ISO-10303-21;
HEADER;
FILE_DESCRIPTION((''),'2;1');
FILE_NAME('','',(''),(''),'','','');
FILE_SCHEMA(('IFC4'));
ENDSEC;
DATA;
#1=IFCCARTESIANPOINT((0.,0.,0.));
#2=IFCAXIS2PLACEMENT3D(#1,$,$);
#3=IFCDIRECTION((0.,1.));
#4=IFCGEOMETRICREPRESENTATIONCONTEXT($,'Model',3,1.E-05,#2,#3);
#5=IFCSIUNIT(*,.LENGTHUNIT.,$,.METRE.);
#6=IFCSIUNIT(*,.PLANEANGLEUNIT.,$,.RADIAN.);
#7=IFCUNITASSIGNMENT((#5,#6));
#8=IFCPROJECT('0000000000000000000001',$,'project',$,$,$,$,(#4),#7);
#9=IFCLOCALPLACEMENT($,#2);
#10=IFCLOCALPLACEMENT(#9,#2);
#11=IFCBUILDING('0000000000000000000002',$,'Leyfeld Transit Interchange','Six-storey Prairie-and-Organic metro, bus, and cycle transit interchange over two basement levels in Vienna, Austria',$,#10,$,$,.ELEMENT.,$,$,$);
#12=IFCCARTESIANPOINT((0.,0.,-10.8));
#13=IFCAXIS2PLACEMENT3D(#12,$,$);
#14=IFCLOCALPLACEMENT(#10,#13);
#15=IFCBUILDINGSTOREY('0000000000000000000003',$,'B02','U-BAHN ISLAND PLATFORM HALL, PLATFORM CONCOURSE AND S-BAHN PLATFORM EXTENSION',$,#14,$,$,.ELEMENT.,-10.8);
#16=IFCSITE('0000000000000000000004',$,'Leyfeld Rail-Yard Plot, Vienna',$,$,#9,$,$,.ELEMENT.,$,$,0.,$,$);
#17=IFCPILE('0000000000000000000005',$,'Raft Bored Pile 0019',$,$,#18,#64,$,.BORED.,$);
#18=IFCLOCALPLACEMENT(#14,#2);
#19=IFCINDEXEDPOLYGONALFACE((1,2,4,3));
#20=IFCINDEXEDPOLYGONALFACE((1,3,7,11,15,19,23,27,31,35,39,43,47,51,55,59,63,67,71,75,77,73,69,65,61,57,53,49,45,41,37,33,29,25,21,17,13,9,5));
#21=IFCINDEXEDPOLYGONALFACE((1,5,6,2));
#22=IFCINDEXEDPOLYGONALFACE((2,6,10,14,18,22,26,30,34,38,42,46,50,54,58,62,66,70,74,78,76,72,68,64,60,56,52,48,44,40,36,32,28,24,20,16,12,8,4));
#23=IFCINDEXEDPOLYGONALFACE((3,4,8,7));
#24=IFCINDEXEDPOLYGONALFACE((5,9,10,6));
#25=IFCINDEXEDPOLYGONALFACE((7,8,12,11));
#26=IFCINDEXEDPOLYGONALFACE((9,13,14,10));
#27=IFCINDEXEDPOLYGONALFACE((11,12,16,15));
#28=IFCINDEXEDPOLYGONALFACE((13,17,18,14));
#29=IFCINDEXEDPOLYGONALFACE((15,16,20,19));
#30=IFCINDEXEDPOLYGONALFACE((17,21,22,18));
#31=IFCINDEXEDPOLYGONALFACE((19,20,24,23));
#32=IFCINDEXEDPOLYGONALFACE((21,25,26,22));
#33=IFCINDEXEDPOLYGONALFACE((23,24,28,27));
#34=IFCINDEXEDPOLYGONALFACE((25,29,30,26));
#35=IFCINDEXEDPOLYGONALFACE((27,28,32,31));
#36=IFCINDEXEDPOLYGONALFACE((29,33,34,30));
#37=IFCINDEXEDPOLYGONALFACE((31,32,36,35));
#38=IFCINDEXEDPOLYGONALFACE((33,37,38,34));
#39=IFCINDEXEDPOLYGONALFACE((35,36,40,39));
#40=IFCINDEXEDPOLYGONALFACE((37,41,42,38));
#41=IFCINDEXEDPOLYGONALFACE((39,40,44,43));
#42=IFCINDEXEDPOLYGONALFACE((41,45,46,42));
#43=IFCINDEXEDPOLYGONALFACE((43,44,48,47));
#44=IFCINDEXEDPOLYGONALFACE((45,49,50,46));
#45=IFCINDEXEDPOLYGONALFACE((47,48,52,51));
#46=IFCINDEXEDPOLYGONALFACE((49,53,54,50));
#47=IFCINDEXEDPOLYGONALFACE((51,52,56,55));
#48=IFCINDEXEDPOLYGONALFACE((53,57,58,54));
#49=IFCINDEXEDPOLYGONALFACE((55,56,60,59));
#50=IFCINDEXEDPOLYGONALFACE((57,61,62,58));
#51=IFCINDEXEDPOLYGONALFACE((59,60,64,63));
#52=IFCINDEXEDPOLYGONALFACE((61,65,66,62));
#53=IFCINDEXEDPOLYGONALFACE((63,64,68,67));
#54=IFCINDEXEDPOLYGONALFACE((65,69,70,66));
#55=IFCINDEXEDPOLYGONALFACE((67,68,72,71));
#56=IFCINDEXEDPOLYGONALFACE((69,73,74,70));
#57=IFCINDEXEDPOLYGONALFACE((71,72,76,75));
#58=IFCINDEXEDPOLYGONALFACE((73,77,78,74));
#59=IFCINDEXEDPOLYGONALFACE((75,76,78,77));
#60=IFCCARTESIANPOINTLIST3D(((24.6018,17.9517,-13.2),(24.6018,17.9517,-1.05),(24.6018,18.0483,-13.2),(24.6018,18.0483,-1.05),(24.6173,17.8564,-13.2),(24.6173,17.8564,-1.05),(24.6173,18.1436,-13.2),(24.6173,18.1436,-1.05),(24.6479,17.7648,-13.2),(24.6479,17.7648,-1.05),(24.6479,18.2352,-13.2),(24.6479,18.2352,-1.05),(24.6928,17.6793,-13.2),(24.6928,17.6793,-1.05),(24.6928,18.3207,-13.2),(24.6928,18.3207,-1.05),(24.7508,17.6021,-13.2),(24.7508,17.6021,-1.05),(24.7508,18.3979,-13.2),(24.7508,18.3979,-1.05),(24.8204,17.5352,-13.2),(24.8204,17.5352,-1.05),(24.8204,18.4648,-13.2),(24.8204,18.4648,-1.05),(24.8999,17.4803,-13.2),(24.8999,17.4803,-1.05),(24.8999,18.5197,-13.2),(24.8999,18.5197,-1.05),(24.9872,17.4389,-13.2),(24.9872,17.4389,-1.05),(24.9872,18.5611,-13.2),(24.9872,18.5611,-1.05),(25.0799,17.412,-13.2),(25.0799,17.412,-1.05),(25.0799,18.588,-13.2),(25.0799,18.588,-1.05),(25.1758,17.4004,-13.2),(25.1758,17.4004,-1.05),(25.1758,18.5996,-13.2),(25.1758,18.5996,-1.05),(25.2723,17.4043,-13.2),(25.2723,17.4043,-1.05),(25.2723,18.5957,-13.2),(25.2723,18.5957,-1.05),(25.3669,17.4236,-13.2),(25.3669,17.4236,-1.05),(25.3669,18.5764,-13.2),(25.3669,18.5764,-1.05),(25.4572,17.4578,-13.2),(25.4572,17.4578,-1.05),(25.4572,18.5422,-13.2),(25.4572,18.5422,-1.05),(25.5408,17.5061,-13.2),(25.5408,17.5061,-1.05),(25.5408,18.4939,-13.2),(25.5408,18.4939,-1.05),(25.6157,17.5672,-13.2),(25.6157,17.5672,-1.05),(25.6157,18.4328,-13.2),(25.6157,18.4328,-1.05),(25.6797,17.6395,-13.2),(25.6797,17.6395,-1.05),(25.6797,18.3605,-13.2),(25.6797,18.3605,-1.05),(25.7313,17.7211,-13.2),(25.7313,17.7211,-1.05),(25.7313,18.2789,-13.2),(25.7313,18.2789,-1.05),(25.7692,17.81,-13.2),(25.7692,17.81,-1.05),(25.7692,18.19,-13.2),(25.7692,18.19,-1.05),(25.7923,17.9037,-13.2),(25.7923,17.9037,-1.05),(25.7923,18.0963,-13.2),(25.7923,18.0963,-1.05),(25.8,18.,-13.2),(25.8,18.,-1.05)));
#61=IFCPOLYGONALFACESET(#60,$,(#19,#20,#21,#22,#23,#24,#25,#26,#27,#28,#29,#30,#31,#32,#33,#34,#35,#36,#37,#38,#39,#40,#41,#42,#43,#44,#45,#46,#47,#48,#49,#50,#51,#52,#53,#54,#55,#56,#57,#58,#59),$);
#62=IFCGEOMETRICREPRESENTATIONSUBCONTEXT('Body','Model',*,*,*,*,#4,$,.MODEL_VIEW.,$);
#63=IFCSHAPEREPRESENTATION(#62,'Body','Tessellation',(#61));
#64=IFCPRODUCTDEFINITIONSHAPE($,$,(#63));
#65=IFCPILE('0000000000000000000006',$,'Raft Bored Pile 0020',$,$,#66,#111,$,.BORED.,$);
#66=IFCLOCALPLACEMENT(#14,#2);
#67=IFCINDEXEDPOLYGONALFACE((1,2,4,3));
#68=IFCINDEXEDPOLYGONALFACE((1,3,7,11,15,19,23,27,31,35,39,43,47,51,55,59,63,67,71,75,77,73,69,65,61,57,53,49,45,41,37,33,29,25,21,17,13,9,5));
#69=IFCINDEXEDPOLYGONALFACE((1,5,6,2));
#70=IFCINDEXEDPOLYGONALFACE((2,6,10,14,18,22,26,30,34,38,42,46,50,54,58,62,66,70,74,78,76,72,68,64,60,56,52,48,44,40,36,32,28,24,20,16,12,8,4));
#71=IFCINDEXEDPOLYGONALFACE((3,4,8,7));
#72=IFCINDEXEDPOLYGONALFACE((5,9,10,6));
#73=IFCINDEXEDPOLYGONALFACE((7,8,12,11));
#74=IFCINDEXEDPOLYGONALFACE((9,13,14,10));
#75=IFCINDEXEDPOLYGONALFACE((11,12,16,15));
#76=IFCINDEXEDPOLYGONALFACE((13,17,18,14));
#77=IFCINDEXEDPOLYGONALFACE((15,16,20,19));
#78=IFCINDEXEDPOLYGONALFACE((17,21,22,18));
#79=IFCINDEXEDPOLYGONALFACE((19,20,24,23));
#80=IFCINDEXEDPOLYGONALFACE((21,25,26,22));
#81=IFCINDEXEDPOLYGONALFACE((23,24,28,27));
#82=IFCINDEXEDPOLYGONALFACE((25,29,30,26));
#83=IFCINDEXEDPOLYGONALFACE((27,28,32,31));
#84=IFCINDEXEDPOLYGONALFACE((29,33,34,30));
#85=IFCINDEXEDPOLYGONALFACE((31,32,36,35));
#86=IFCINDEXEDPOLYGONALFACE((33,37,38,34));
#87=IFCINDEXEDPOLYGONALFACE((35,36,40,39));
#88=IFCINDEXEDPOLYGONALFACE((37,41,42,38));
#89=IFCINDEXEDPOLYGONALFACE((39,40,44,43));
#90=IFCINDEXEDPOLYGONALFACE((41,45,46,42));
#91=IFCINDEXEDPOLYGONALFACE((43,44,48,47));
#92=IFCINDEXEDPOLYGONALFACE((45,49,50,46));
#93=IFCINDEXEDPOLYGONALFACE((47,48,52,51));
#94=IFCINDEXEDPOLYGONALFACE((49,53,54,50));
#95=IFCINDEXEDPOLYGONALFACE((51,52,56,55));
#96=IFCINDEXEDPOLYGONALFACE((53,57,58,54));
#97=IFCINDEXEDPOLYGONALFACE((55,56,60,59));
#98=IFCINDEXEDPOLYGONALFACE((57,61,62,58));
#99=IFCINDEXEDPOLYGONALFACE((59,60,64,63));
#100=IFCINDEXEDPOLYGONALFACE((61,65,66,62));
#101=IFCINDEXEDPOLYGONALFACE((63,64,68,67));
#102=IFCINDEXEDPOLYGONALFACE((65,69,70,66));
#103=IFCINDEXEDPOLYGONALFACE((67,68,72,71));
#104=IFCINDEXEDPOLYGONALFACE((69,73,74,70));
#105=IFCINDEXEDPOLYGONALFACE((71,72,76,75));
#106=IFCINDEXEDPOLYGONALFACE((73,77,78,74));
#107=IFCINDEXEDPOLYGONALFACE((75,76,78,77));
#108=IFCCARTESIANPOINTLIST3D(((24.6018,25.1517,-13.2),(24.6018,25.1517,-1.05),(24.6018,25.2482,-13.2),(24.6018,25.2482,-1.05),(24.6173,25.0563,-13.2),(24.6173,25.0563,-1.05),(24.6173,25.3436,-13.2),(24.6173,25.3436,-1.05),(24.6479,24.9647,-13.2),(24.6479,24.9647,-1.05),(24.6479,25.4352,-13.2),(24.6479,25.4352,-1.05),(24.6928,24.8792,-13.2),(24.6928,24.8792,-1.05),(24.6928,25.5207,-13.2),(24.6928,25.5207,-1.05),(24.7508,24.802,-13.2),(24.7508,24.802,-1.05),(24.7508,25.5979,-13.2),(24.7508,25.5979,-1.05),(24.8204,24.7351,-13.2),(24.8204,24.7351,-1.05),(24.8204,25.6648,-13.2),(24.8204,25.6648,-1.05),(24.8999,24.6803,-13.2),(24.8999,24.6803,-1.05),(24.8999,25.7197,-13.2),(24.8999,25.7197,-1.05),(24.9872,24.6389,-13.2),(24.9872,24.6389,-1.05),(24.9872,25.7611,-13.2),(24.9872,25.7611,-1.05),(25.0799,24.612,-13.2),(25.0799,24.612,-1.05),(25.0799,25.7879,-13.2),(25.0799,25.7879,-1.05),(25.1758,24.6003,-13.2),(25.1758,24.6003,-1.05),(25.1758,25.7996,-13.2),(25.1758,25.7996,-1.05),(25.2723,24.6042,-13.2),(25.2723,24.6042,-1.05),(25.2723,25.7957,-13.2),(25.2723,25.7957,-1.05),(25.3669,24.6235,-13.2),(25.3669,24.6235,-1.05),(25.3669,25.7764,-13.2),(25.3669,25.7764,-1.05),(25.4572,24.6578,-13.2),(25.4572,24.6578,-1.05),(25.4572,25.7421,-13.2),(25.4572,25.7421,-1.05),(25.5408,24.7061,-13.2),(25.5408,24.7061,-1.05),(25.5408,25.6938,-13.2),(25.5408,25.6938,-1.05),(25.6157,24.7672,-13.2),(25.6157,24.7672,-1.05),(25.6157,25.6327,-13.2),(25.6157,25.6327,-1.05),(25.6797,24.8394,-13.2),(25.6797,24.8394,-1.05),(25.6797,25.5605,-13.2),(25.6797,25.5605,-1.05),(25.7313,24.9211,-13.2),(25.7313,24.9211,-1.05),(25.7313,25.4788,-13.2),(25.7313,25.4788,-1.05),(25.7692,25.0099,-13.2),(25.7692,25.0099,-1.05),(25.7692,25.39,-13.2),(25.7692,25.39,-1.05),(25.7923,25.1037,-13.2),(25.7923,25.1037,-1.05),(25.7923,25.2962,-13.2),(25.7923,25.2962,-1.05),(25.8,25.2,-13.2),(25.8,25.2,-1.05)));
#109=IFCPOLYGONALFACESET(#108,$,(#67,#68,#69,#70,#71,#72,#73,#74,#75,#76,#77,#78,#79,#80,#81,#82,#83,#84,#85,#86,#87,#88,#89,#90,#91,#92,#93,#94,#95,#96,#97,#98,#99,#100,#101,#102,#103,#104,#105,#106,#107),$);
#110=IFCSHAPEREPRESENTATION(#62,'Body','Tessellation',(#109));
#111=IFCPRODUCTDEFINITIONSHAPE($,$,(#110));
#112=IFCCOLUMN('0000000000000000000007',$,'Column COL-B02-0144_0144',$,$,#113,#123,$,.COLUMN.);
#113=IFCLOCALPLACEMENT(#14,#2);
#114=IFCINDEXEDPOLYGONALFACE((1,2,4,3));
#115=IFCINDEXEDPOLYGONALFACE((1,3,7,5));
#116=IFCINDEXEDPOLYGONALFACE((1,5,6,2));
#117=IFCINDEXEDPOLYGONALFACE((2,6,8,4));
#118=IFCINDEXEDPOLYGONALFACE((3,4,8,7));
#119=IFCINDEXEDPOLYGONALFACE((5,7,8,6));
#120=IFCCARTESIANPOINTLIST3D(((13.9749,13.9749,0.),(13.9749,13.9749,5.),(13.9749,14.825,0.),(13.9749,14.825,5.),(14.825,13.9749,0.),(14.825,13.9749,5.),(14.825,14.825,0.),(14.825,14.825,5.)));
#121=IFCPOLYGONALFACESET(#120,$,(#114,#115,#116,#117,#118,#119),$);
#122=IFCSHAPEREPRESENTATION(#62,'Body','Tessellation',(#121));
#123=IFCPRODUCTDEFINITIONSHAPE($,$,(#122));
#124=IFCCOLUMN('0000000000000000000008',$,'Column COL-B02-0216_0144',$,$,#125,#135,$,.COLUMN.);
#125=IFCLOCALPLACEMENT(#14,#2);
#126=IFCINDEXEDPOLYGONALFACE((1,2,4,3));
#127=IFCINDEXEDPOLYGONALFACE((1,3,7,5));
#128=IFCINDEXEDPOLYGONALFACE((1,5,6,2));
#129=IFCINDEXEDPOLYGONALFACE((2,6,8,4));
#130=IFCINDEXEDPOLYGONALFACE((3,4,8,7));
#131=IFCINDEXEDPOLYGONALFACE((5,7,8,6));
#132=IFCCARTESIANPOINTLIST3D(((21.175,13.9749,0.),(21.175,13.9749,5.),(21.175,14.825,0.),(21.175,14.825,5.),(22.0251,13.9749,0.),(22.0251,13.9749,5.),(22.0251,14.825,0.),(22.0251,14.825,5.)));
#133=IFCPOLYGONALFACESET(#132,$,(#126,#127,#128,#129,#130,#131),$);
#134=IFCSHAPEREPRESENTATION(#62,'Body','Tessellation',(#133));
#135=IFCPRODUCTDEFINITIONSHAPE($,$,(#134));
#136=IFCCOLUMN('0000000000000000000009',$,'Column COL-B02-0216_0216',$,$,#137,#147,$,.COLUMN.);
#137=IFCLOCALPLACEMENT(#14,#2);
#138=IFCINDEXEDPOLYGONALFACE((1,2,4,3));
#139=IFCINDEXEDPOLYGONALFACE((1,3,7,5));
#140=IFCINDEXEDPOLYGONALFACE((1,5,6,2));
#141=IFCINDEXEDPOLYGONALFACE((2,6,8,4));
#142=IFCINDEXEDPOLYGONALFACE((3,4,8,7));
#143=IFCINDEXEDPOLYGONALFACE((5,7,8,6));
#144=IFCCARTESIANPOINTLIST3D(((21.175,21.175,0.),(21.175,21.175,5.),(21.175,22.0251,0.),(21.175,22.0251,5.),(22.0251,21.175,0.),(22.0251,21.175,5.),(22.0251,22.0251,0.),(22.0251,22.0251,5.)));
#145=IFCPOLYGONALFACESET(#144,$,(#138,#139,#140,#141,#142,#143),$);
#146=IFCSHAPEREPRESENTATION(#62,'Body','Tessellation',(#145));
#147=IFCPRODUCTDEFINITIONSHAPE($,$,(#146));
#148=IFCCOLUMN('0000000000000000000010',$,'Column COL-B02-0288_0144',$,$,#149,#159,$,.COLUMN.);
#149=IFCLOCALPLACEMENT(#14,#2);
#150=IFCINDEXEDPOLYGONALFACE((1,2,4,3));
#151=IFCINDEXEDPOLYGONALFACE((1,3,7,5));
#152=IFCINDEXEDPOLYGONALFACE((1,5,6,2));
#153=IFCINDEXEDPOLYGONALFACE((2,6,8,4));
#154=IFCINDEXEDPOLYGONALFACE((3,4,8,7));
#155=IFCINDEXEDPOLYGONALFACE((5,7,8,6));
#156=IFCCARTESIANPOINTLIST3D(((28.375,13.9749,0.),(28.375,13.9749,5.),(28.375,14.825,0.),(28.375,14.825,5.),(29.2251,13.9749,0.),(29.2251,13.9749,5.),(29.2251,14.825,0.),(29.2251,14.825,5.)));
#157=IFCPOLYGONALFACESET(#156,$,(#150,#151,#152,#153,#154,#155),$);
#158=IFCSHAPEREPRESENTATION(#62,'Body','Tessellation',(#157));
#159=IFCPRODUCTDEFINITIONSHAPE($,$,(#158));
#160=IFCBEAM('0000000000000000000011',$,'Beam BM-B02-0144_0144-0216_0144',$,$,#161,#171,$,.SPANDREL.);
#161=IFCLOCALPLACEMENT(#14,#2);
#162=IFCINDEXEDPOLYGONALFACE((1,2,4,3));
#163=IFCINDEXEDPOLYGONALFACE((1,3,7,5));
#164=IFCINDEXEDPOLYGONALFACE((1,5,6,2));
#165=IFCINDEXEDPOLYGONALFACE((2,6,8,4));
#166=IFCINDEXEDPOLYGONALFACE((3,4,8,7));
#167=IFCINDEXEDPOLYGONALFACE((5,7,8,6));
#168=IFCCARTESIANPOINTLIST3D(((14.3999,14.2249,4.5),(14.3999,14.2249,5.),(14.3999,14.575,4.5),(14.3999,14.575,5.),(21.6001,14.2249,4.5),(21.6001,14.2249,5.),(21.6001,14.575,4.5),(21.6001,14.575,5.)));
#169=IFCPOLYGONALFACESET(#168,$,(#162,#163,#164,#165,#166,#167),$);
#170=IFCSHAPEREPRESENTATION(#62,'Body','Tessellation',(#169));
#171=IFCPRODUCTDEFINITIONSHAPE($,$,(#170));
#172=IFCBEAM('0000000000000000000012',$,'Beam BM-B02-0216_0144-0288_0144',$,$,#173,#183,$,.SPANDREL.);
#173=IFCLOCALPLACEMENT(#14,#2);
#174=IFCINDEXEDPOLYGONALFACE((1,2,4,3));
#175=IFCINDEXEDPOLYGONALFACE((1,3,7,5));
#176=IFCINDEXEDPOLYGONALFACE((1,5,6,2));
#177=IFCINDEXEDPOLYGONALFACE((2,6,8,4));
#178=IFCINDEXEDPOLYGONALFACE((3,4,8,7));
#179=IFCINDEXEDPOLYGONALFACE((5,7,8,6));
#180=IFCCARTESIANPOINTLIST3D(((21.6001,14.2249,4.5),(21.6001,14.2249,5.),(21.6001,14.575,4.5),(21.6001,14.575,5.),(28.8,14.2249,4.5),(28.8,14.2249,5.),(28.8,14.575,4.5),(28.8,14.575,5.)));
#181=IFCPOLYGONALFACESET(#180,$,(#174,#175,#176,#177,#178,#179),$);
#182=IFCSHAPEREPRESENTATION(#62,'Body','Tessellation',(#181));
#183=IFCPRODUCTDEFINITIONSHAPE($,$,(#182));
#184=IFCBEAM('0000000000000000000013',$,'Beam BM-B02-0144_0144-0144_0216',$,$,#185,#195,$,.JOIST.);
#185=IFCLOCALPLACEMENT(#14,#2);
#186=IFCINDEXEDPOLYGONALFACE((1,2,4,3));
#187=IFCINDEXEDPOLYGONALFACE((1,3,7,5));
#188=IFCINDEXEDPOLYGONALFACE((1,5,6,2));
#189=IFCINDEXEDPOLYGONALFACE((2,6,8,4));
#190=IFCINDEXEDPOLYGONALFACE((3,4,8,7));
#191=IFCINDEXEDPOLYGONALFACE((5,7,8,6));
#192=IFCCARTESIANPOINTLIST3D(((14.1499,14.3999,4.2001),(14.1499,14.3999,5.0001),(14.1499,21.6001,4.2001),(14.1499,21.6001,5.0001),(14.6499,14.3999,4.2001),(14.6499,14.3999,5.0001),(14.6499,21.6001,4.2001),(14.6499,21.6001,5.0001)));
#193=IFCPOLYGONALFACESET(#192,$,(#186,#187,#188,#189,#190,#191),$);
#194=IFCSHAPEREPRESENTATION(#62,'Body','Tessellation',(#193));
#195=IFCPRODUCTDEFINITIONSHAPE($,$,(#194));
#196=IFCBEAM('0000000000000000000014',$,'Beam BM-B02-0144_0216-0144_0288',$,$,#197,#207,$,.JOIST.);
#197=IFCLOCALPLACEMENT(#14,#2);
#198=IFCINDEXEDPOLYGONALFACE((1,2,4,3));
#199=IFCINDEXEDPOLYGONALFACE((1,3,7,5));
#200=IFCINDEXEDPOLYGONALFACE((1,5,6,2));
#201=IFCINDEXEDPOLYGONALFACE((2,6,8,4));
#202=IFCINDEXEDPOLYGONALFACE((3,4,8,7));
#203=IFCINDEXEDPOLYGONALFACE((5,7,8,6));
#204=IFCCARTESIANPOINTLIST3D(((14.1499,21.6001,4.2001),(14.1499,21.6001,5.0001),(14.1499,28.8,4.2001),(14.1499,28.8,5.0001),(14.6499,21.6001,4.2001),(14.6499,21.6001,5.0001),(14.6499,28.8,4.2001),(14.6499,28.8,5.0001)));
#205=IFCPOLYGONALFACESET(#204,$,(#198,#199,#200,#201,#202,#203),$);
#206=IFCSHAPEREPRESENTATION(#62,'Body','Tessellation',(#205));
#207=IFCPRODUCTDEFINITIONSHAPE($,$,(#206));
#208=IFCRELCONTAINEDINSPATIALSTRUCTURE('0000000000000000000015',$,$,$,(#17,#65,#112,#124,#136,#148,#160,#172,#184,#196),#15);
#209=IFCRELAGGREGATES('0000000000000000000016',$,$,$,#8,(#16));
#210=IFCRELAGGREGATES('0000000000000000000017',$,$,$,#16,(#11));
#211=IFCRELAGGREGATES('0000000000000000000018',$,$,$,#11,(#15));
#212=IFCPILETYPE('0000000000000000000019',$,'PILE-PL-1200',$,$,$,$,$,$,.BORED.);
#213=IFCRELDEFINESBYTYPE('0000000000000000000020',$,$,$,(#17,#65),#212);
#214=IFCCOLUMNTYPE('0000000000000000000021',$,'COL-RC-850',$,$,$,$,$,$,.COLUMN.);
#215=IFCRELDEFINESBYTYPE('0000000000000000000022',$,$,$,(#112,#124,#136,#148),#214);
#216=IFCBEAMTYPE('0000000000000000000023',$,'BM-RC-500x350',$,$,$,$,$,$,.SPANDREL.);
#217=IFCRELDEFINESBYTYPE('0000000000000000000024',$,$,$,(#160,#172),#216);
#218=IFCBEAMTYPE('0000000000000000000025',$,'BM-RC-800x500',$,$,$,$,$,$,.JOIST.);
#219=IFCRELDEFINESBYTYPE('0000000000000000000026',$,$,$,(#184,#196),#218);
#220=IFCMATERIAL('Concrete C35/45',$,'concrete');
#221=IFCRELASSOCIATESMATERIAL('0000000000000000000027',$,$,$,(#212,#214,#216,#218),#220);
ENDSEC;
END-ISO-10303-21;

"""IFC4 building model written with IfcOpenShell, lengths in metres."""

from ifc_helpers import new_model, si_unit, direction, frame, origin, origin_2d, place, context, subcontext, project, spatial, rectangle, circle, extrude, material, material_profile, profile_set, type_object, element, save


model = new_model("IFC4")

# Units and contexts
model_context = context("Model", 3, precision=1e-05, world=origin(), true_north=direction((0.0, 1.0)))
body_context = subcontext(model_context, "Body", "Model", "MODEL_VIEW")
ifc_project = project(units=[si_unit("LENGTHUNIT", "METRE"), si_unit("PLANEANGLEUNIT", "RADIAN")], contexts=[model_context])

# Site, building, storey
site_placement = place(None, origin())
site = spatial("IfcSite", under=ifc_project, at=site_placement, Name="Leyfeld Rail-Yard Plot, Vienna", CompositionType="ELEMENT", RefElevation=0.0)
building_placement = place(site_placement, origin())
building = spatial("IfcBuilding", under=site, at=building_placement, Name="Leyfeld Transit Interchange", Description="Six-storey Prairie-and-Organic metro, bus, and cycle transit interchange over two basement levels in Vienna, Austria", CompositionType="ELEMENT")
storey_placement = place(building_placement, frame((0.0, 0.0, -10.8)))
storey = spatial("IfcBuildingStorey", under=building, at=storey_placement, Name="B02", Description="U-BAHN ISLAND PLATFORM HALL, PLATFORM CONCOURSE AND S-BAHN PLATFORM EXTENSION", CompositionType="ELEMENT", Elevation=-10.8)

# Piles
ifc_material_1 = material(Name="Concrete C35/45", Category="concrete")
ifc_material_profile_1 = material_profile(ifc_material_1, circle(Radius=0.6001, at=origin_2d()), Name="PILE D1200")
ifc_profile_set_1 = profile_set([ifc_material_profile_1], Name="Concrete C35/45")
pile_type = type_object("IfcPileType", Name="PILE-PL-1200", PredefinedType="BORED", material=ifc_profile_set_1)
for number, where, z_axis, x_axis, name in (
    (1, (25.2, 18.0, -1.05), (0.0, 0.0, -1.0), (1.0, 0.0, 0.0), "Raft Bored Pile 0019"),
    (2, (25.2, 25.2, -1.05), (0.0, 0.0, -1.0), (1.0, 0.0, 0.0), "Raft Bored Pile 0020"),
):
    element("IfcPile", number, at=place(storey_placement, frame(where, z_axis=z_axis, x_axis=x_axis)), inside=storey, type_object=pile_type, Name=name, PredefinedType="BORED", context=body_context, shape_type="SweptSolid", body=[
        extrude(circle(Radius=0.6001, at=origin_2d()), origin(), (0.0, 0.0, 1.0), 12.1499),
    ])

# Columns
ifc_material_profile_2 = material_profile(ifc_material_1, rectangle(XDim=0.8501, YDim=0.8501, at=origin_2d()), Name="RC 850x850")
ifc_profile_set_2 = profile_set([ifc_material_profile_2], Name="Concrete C35/45")
column_type = type_object("IfcColumnType", Name="COL-RC-850", PredefinedType="COLUMN", material=ifc_profile_set_2)
for number, where, z_axis, x_axis, name in (
    (3, (14.3999, 14.3999, 0.0), (0.0, 0.0, 1.0), (1.0, 0.0, 0.0), "Column COL-B02-0144_0144"),
    (4, (21.6001, 14.3999, 0.0), (0.0, 0.0, 1.0), (1.0, 0.0, 0.0), "Column COL-B02-0216_0144"),
    (5, (21.6001, 21.6001, 0.0), (0.0, 0.0, 1.0), (1.0, 0.0, 0.0), "Column COL-B02-0216_0216"),
    (6, (28.8, 14.3999, 0.0), (0.0, 0.0, 1.0), (1.0, 0.0, 0.0), "Column COL-B02-0288_0144"),
):
    element("IfcColumn", number, at=place(storey_placement, frame(where, z_axis=z_axis, x_axis=x_axis)), inside=storey, type_object=column_type, Name=name, PredefinedType="COLUMN", context=body_context, shape_type="SweptSolid", body=[
        extrude(rectangle(XDim=0.8501, YDim=0.8501, at=origin_2d()), origin(), (0.0, 0.0, 1.0), 5.0),
    ])

# Beams
ifc_material_profile_3 = material_profile(ifc_material_1, rectangle(XDim=0.3501, YDim=0.5, at=origin_2d()), Name="RC 500x350")
ifc_profile_set_3 = profile_set([ifc_material_profile_3], Name="Concrete C35/45")
beam_type_1 = type_object("IfcBeamType", Name="BM-RC-500x350", PredefinedType="SPANDREL", material=ifc_profile_set_3)
beam_1_placement = place(storey_placement, frame((14.3999, 14.3999, 4.75), z_axis=(1.0, 0.0, 0.0), x_axis=(0.0, 1.0, 0.0)))
element("IfcBeam", 7, at=beam_1_placement, inside=storey, type_object=beam_type_1, Name="Beam BM-B02-0144_0144-0216_0144", PredefinedType="SPANDREL", context=body_context, shape_type="SweptSolid", body=[
    extrude(rectangle(XDim=0.3501, YDim=0.5, at=origin_2d()), origin(), (0.0, 0.0, 1.0), 7.2002),
])
beam_2_placement = place(storey_placement, frame((21.6001, 14.3999, 4.75), z_axis=(1.0, 0.0, 0.0), x_axis=(0.0, 1.0, 0.0)))
element("IfcBeam", 8, at=beam_2_placement, inside=storey, type_object=beam_type_1, Name="Beam BM-B02-0216_0144-0288_0144", PredefinedType="SPANDREL", context=body_context, shape_type="SweptSolid", body=[
    extrude(rectangle(XDim=0.3501, YDim=0.5, at=origin_2d()), origin(), (0.0, 0.0, 1.0), 7.2),
])
ifc_material_profile_4 = material_profile(ifc_material_1, rectangle(XDim=0.5, YDim=0.8, at=origin_2d()), Name="RC 800x500")
ifc_profile_set_4 = profile_set([ifc_material_profile_4], Name="Concrete C35/45")
beam_type_2 = type_object("IfcBeamType", Name="BM-RC-800x500", PredefinedType="JOIST", material=ifc_profile_set_4)
beam_3_placement = place(storey_placement, frame((14.3999, 14.3999, 4.6001), z_axis=(0.0, 1.0, 0.0), x_axis=(-1.0, 0.0, 0.0)))
element("IfcBeam", 9, at=beam_3_placement, inside=storey, type_object=beam_type_2, Name="Beam BM-B02-0144_0144-0144_0216", PredefinedType="JOIST", context=body_context, shape_type="SweptSolid", body=[
    extrude(rectangle(XDim=0.5, YDim=0.8, at=origin_2d()), origin(), (0.0, 0.0, 1.0), 7.2002),
])
beam_4_placement = place(storey_placement, frame((14.3999, 21.6001, 4.6001), z_axis=(0.0, 1.0, 0.0), x_axis=(-1.0, 0.0, 0.0)))
element("IfcBeam", 10, at=beam_4_placement, inside=storey, type_object=beam_type_2, Name="Beam BM-B02-0144_0216-0144_0288", PredefinedType="JOIST", context=body_context, shape_type="SweptSolid", body=[
    extrude(rectangle(XDim=0.5, YDim=0.8, at=origin_2d()), origin(), (0.0, 0.0, 1.0), 7.2),
])

save(model, "model.ifc")
